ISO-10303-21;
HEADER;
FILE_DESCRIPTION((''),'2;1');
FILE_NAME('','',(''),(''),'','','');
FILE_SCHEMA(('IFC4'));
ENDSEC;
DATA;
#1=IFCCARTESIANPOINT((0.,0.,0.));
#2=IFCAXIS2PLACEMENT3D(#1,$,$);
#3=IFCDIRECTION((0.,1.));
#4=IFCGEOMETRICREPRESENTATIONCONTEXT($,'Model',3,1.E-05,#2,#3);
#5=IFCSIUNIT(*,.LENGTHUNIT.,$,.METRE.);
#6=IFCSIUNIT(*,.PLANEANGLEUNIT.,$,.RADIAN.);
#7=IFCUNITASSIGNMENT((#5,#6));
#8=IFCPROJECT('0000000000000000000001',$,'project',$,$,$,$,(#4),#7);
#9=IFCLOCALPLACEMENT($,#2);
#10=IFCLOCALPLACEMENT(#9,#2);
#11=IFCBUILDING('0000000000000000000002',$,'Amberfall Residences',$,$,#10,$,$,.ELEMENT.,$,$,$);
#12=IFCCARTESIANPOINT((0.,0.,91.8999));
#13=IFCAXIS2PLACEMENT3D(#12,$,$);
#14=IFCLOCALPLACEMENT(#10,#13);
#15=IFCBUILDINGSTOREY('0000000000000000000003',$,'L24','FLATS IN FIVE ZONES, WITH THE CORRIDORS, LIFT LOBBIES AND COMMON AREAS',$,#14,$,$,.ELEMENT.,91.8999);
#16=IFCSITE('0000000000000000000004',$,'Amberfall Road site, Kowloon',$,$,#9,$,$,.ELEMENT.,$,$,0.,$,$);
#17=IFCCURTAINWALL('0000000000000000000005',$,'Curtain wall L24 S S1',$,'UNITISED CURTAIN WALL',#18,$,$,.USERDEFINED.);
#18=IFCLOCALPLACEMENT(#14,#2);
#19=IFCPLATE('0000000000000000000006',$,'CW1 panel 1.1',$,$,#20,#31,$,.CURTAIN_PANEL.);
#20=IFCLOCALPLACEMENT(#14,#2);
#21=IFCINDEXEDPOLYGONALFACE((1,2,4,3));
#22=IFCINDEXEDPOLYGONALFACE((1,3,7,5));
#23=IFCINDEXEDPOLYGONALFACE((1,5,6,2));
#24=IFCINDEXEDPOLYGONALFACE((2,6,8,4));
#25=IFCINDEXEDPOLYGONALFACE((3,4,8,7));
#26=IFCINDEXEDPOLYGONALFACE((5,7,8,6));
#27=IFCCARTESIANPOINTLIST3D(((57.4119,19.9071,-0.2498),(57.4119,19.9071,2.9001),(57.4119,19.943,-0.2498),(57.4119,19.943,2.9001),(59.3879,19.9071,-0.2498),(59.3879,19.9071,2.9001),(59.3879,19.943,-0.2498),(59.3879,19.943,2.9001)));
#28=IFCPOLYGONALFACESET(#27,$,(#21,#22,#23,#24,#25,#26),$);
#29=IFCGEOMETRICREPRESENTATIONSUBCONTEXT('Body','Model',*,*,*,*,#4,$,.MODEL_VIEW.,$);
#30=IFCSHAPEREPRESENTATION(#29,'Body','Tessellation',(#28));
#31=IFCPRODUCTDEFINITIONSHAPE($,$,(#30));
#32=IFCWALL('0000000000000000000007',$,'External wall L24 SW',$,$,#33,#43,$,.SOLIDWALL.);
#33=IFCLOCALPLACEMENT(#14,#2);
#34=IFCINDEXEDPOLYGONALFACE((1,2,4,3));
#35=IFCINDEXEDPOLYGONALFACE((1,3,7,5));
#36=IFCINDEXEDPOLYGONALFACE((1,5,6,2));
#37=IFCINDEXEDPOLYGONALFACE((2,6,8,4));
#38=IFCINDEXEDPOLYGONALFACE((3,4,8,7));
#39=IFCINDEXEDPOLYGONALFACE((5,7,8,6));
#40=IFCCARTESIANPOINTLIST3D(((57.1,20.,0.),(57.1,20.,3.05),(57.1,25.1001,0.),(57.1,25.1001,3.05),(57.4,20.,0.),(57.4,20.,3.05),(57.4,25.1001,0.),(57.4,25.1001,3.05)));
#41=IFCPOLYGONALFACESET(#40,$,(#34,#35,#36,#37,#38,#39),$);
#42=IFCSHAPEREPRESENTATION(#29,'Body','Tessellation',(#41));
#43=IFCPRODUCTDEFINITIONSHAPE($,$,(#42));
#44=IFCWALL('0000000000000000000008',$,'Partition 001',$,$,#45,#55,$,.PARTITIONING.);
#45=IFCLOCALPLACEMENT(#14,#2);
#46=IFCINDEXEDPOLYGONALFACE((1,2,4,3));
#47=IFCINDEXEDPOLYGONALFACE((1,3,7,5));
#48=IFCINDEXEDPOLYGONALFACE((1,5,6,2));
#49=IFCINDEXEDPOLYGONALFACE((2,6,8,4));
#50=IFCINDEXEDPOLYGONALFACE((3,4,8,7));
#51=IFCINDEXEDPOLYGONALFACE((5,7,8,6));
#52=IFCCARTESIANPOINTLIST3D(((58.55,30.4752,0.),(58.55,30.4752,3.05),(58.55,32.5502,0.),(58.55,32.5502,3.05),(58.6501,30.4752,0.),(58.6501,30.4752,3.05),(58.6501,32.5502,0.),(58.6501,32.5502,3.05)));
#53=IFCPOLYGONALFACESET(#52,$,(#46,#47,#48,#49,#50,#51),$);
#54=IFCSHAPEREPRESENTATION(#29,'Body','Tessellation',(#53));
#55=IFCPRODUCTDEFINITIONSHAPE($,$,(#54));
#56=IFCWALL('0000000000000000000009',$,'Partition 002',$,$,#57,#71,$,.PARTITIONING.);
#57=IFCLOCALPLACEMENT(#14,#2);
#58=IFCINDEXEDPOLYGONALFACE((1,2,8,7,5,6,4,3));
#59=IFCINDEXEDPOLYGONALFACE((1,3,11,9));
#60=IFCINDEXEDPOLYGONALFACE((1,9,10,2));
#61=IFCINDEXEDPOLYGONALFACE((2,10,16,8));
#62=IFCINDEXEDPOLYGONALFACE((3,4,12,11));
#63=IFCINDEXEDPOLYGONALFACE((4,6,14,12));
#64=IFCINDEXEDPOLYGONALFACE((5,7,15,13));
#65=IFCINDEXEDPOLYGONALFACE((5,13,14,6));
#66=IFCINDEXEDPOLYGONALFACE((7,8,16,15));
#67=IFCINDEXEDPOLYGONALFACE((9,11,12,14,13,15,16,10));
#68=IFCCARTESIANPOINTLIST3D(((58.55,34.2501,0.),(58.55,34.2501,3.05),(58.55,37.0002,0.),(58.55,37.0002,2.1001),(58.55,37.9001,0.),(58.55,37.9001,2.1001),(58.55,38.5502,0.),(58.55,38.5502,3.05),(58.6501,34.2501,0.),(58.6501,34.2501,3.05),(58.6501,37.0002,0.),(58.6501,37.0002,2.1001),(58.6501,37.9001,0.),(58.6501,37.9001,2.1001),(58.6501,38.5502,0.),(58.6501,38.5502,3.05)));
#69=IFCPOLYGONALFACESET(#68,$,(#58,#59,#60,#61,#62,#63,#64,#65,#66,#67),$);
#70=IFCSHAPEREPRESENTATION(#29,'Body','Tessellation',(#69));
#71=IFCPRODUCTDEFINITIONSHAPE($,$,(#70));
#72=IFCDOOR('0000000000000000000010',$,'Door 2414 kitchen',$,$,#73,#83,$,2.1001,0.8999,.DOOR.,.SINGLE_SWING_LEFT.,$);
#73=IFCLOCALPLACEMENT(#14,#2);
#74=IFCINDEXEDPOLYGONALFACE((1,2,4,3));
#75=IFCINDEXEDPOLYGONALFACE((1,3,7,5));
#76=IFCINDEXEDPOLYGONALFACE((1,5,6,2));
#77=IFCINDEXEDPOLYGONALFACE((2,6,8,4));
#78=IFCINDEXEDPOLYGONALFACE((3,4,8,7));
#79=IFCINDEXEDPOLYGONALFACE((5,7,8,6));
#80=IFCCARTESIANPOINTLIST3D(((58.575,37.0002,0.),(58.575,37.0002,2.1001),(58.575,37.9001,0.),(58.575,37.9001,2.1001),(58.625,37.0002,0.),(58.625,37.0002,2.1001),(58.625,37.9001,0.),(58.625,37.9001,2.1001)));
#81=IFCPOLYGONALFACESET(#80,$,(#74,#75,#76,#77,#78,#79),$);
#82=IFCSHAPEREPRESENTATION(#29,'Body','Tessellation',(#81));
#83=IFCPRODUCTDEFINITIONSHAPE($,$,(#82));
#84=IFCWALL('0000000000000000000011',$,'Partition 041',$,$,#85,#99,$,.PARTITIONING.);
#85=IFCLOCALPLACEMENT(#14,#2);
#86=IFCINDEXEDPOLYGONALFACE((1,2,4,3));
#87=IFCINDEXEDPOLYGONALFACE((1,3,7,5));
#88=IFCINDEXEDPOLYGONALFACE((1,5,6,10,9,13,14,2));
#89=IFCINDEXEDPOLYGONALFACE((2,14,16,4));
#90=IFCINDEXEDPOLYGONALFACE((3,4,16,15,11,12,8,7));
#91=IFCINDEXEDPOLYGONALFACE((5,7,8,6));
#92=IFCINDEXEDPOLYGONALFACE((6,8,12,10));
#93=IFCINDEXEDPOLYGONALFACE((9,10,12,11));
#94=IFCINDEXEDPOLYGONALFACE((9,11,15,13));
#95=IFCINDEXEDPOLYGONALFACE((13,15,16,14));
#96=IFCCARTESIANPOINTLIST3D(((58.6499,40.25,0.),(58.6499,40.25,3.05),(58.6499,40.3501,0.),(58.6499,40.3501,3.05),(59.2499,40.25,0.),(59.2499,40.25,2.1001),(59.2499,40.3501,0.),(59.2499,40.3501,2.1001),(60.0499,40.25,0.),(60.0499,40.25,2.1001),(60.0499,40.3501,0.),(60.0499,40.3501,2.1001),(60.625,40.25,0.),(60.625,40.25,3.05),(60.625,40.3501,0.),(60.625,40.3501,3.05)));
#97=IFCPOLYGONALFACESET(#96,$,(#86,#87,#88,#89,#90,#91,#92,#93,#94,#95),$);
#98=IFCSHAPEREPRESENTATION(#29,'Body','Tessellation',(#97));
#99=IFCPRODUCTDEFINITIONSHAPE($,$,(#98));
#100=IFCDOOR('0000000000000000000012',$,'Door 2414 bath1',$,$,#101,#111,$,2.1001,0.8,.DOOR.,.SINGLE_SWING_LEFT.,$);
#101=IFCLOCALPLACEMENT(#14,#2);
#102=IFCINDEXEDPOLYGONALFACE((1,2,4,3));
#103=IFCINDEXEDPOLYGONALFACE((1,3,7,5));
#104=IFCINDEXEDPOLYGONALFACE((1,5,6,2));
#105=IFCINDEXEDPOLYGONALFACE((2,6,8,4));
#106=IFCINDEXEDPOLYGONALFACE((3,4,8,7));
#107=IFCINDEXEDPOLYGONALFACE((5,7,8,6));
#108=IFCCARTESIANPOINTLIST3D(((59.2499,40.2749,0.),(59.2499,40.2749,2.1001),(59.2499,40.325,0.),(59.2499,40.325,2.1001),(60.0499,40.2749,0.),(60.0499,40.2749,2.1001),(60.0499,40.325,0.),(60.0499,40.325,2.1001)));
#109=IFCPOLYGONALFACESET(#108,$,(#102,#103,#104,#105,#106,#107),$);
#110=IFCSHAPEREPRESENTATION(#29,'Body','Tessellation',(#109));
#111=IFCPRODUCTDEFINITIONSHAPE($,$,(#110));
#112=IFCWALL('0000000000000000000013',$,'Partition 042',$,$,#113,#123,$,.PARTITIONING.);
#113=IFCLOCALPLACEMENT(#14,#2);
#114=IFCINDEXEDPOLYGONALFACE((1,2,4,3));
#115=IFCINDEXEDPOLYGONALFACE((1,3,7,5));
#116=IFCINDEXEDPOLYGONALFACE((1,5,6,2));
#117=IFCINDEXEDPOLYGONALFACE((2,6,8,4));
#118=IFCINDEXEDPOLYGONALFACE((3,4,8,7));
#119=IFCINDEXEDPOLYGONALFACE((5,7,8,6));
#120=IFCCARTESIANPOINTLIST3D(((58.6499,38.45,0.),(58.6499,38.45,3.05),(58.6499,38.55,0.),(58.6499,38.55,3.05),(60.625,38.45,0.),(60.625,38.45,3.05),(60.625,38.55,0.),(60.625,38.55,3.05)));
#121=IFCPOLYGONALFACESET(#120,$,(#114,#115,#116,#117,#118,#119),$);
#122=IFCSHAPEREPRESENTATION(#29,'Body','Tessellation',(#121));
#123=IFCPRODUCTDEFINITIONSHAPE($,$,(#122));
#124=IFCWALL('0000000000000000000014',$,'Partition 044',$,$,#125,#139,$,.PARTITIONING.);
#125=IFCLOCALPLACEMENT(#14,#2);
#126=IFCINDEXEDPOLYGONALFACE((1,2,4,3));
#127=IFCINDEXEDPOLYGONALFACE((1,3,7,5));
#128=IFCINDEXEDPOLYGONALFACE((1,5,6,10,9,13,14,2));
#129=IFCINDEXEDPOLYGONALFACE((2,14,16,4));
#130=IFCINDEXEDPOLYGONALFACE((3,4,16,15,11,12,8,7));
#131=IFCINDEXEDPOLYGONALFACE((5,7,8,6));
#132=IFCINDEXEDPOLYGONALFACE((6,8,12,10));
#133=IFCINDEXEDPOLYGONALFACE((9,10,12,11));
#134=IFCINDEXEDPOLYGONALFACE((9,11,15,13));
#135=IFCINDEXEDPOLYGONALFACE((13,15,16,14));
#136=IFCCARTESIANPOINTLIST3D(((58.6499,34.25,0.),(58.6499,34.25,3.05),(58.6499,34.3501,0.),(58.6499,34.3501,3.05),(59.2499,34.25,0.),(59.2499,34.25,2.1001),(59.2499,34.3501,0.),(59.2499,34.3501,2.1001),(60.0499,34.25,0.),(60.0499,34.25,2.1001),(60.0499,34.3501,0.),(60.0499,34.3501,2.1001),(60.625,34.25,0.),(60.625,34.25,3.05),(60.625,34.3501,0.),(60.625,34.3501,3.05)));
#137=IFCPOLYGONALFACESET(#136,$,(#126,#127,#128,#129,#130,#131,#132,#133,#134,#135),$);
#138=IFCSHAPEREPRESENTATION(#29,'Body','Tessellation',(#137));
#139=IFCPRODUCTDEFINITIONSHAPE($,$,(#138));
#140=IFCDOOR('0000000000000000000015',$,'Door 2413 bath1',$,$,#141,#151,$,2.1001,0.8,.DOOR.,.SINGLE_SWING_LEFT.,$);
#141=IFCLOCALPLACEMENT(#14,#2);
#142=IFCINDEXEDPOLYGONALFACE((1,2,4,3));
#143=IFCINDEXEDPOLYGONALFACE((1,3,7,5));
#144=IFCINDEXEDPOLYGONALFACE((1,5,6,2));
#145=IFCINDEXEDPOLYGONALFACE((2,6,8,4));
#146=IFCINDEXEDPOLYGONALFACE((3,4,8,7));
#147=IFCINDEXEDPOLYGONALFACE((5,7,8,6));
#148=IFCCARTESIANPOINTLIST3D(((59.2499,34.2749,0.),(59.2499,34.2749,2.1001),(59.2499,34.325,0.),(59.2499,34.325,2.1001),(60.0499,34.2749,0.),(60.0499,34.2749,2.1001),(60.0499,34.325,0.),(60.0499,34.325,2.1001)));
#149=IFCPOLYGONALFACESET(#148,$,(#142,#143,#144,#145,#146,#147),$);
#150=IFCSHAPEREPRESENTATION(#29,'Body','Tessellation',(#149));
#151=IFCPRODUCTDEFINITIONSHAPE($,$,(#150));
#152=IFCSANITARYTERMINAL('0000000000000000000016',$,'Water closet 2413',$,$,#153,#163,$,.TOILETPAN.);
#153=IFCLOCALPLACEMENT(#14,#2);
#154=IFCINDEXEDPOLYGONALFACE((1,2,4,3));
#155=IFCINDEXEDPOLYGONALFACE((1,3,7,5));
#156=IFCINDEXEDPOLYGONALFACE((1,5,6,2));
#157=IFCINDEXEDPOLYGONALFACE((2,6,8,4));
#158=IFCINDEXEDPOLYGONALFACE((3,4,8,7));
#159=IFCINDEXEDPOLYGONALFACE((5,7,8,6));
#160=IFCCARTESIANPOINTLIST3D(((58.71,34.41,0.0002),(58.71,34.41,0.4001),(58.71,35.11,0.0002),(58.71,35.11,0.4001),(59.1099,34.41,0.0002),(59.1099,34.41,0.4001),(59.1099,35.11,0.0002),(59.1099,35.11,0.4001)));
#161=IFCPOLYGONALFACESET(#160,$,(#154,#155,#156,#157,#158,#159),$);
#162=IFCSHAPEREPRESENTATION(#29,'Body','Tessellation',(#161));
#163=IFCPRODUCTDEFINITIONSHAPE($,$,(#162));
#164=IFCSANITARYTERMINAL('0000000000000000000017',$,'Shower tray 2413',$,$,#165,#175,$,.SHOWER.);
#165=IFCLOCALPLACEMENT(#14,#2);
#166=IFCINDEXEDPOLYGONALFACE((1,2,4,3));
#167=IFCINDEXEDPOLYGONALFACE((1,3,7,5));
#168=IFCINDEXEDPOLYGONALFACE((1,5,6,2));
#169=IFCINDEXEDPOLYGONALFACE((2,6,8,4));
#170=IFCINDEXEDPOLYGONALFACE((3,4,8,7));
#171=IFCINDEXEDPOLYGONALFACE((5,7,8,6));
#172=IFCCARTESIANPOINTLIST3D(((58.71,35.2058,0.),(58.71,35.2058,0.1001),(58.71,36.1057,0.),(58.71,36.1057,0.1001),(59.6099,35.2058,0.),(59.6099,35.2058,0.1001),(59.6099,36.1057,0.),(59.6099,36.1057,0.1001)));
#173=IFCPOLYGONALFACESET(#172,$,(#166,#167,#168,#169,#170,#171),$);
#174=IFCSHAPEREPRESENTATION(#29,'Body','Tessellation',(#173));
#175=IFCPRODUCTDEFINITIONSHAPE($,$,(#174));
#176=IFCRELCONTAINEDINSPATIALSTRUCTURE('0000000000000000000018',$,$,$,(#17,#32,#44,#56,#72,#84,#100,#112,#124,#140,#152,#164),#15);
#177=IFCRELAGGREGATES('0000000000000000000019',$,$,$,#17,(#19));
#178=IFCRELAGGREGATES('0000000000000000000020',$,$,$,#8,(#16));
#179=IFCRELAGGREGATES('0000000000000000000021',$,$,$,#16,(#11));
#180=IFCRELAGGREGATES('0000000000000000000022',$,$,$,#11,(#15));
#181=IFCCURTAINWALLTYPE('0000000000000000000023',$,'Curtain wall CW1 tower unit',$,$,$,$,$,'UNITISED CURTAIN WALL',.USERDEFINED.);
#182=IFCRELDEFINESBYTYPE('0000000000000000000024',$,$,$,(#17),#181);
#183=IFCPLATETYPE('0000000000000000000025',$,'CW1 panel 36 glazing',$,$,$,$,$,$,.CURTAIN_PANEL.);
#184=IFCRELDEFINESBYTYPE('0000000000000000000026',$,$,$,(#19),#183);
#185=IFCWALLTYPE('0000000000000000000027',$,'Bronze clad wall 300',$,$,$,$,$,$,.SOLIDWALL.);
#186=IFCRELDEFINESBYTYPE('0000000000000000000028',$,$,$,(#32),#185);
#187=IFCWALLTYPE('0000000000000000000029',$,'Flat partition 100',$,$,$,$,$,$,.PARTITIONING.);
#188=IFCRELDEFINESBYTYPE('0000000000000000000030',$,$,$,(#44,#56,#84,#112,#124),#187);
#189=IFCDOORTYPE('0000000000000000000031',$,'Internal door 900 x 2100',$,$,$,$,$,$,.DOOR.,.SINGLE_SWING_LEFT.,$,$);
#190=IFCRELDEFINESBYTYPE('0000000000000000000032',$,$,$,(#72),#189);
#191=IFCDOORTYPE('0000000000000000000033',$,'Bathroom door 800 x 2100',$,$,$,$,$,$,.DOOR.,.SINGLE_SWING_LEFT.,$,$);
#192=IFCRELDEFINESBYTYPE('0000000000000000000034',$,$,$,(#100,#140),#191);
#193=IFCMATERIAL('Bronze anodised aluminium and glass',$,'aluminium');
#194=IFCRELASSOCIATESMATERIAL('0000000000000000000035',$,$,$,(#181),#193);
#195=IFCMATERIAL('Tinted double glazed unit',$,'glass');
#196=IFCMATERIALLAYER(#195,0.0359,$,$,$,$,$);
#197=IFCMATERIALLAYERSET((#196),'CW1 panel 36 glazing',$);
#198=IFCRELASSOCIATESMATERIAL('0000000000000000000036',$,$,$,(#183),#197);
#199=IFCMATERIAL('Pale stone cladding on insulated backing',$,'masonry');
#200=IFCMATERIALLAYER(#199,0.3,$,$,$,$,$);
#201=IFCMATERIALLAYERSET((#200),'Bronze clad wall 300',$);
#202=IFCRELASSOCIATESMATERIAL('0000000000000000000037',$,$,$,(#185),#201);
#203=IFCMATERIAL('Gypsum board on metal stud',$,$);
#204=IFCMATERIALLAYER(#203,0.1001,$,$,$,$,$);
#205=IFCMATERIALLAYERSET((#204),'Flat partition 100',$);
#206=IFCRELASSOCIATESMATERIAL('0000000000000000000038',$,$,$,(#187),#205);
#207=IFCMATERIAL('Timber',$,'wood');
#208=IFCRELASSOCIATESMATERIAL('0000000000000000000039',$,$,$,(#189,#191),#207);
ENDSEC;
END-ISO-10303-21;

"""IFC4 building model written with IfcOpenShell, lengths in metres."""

from ifc_helpers import new_model, si_unit, direction, frame, frame_2d, origin, origin_2d, place, context, subcontext, project, spatial, rectangle, extrude, material, layer, layer_set, type_object, element, fill, aggregate, save


model = new_model("IFC4")

# Units and contexts
model_context = context("Model", 3, precision=1e-05, world=origin(), true_north=direction((0.0, 1.0)))
body_context = subcontext(model_context, "Body", "Model", "MODEL_VIEW")
ifc_project = project(units=[si_unit("LENGTHUNIT", "METRE"), si_unit("PLANEANGLEUNIT", "RADIAN")], contexts=[model_context])

# Site, building, storey
site_placement = place(None, origin())
site = spatial("IfcSite", under=ifc_project, at=site_placement, Name="Amberfall Road site, Kowloon", CompositionType="ELEMENT", RefElevation=0.0)
building_placement = place(site_placement, origin())
building = spatial("IfcBuilding", under=site, at=building_placement, Name="Amberfall Residences", CompositionType="ELEMENT")
storey_placement = place(building_placement, frame((0.0, 0.0, 91.8999)))
storey = spatial("IfcBuildingStorey", under=building, at=storey_placement, Name="L24", Description="FLATS IN FIVE ZONES, WITH THE CORRIDORS, LIFT LOBBIES AND COMMON AREAS", CompositionType="ELEMENT", Elevation=91.8999)

# Curtain wall
ifc_material_1 = material(Name="Bronze anodised aluminium and glass", Category="aluminium")
curtain_wall_type = type_object("IfcCurtainWallType", Name="Curtain wall CW1 tower unit", ElementType="UNITISED CURTAIN WALL", PredefinedType="USERDEFINED", material=ifc_material_1)
curtain_wall_placement = place(storey_placement, origin())
curtain_wall = element("IfcCurtainWall", 1, at=curtain_wall_placement, inside=storey, type_object=curtain_wall_type, Name="Curtain wall L24 S S1", ObjectType="UNITISED CURTAIN WALL", PredefinedType="USERDEFINED")

# Plate
ifc_material_2 = material(Name="Tinted double glazed unit", Category="glass")
ifc_layer_1 = layer(ifc_material_2, 0.0359)
ifc_layer_set_1 = layer_set([ifc_layer_1], Name="CW1 panel 36 glazing")
plate_type = type_object("IfcPlateType", Name="CW1 panel 36 glazing", PredefinedType="CURTAIN_PANEL", material=ifc_layer_set_1)
plate_placement = place(storey_placement, frame((58.3999, 19.925, -0.2498), z_axis=(0.0, 0.0, 1.0), x_axis=(1.0, 0.0, 0.0)))
plate = element("IfcPlate", 2, at=plate_placement, type_object=plate_type, Name="CW1 panel 1.1", PredefinedType="CURTAIN_PANEL", context=body_context, shape_type="SweptSolid", body=[
    extrude(rectangle(XDim=1.9761, YDim=0.0359, at=origin_2d()), origin(), (0.0, 0.0, 1.0), 3.1499),
])
aggregate(curtain_wall, [plate])

# Walls
ifc_material_3 = material(Name="Pale stone cladding on insulated backing", Category="masonry")
ifc_layer_2 = layer(ifc_material_3, 0.3)
ifc_layer_set_2 = layer_set([ifc_layer_2], Name="Bronze clad wall 300")
wall_type_1 = type_object("IfcWallType", Name="Bronze clad wall 300", PredefinedType="SOLIDWALL", material=ifc_layer_set_2)
wall_1_placement = place(storey_placement, frame((57.25, 25.1001, 0.0), z_axis=(0.0, 0.0, 1.0), x_axis=(0.0, -1.0, 0.0)))
element("IfcWall", 3, at=wall_1_placement, inside=storey, type_object=wall_type_1, Name="External wall L24 SW", PredefinedType="SOLIDWALL", context=body_context, shape_type="SweptSolid", body=[
    extrude(rectangle(XDim=5.1001, YDim=0.3, at=frame_2d((2.55, 0.0))), origin(), (0.0, 0.0, 1.0), 3.05),
])
ifc_material_4 = material(Name="Gypsum board on metal stud")
ifc_layer_3 = layer(ifc_material_4, 0.1001)
ifc_layer_set_3 = layer_set([ifc_layer_3], Name="Flat partition 100")
wall_type_2 = type_object("IfcWallType", Name="Flat partition 100", PredefinedType="PARTITIONING", material=ifc_layer_set_3)
wall_2_placement = place(storey_placement, frame((58.6001, 30.4751, 0.0), z_axis=(0.0, 0.0, 1.0), x_axis=(0.0, 1.0, 0.0)))
element("IfcWall", 4, at=wall_2_placement, inside=storey, type_object=wall_type_2, Name="Partition 001", PredefinedType="PARTITIONING", context=body_context, shape_type="SweptSolid", body=[
    extrude(rectangle(XDim=2.075, YDim=0.1001, at=frame_2d((1.0376, 0.0))), origin(), (0.0, 0.0, 1.0), 3.05),
])

# Walls, openings, doors
wall_3_placement = place(storey_placement, frame((58.6001, 38.55, 0.0), z_axis=(0.0, 0.0, 1.0), x_axis=(0.0, -1.0, 0.0)))
wall_3 = element("IfcWall", 5, at=wall_3_placement, inside=storey, type_object=wall_type_2, Name="Partition 002", PredefinedType="PARTITIONING", context=body_context, shape_type="SweptSolid", body=[
    extrude(rectangle(XDim=4.3, YDim=0.1001, at=frame_2d((2.1499, 0.0))), origin(), (0.0, 0.0, 1.0), 3.05),
])
opening_1_placement = place(wall_3_placement, frame((0.6499, 0.0, 0.0)))
opening_1 = element("IfcOpeningElement", 6, at=opening_1_placement, cuts=wall_3, PredefinedType="OPENING", context=body_context, shape_type="SweptSolid", body=[
    extrude(rectangle(XDim=0.8999, YDim=2.1001, at=frame_2d((0.45, 1.05))), frame((0.0, 0.0601, 0.0), z_axis=(0.0, -1.0, 0.0), x_axis=(1.0, 0.0, 0.0)), (0.0, 0.0, 1.0), 0.1201),
])
ifc_material_5 = material(Name="Timber", Category="wood")
door_type_1 = type_object("IfcDoorType", Name="Internal door 900 x 2100", OperationType="SINGLE_SWING_LEFT", PredefinedType="DOOR", material=ifc_material_5)
door_1_placement = place(opening_1_placement, origin())
door_1 = element("IfcDoor", 7, at=door_1_placement, inside=storey, type_object=door_type_1, Name="Door 2414 kitchen", OperationType="SINGLE_SWING_LEFT", OverallHeight=2.1001, OverallWidth=0.8999, PredefinedType="DOOR", context=body_context, shape_type="SweptSolid", body=[
    extrude(rectangle(XDim=0.8999, YDim=2.1001, at=frame_2d((0.45, 1.05))), frame((0.0, 0.0249, 0.0), z_axis=(0.0, -1.0, 0.0), x_axis=(1.0, 0.0, 0.0)), (0.0, 0.0, 1.0), 0.05),
])
fill(opening_1, door_1)
wall_4_placement = place(storey_placement, frame((58.6499, 40.3, 0.0), z_axis=(0.0, 0.0, 1.0), x_axis=(1.0, 0.0, 0.0)))
wall_4 = element("IfcWall", 8, at=wall_4_placement, inside=storey, type_object=wall_type_2, Name="Partition 041", PredefinedType="PARTITIONING", context=body_context, shape_type="SweptSolid", body=[
    extrude(rectangle(XDim=1.9751, YDim=0.1001, at=frame_2d((0.9875, 0.0))), origin(), (0.0, 0.0, 1.0), 3.05),
])
opening_2_placement = place(wall_4_placement, frame((0.6001, 0.0, 0.0)))
opening_2 = element("IfcOpeningElement", 9, at=opening_2_placement, cuts=wall_4, PredefinedType="OPENING", context=body_context, shape_type="SweptSolid", body=[
    extrude(rectangle(XDim=0.8, YDim=2.1001, at=frame_2d((0.3999, 1.05))), frame((0.0, 0.0601, 0.0), z_axis=(0.0, -1.0, 0.0), x_axis=(1.0, 0.0, 0.0)), (0.0, 0.0, 1.0), 0.1201),
])
door_type_2 = type_object("IfcDoorType", Name="Bathroom door 800 x 2100", OperationType="SINGLE_SWING_LEFT", PredefinedType="DOOR", material=ifc_material_5)
door_2_placement = place(opening_2_placement, origin())
door_2 = element("IfcDoor", 10, at=door_2_placement, inside=storey, type_object=door_type_2, Name="Door 2414 bath1", OperationType="SINGLE_SWING_LEFT", OverallHeight=2.1001, OverallWidth=0.8, PredefinedType="DOOR", context=body_context, shape_type="SweptSolid", body=[
    extrude(rectangle(XDim=0.8, YDim=2.1001, at=frame_2d((0.3999, 1.05))), frame((0.0, 0.0249, 0.0), z_axis=(0.0, -1.0, 0.0), x_axis=(1.0, 0.0, 0.0)), (0.0, 0.0, 1.0), 0.05),
])
fill(opening_2, door_2)

# Wall
wall_5_placement = place(storey_placement, frame((58.6499, 38.5, 0.0), z_axis=(0.0, 0.0, 1.0), x_axis=(1.0, 0.0, 0.0)))
element("IfcWall", 11, at=wall_5_placement, inside=storey, type_object=wall_type_2, Name="Partition 042", PredefinedType="PARTITIONING", context=body_context, shape_type="SweptSolid", body=[
    extrude(rectangle(XDim=1.9751, YDim=0.1001, at=frame_2d((0.9875, 0.0))), origin(), (0.0, 0.0, 1.0), 3.05),
])

# Wall, opening, door
wall_6_placement = place(storey_placement, frame((58.6499, 34.3, 0.0), z_axis=(0.0, 0.0, 1.0), x_axis=(1.0, 0.0, 0.0)))
wall_6 = element("IfcWall", 12, at=wall_6_placement, inside=storey, type_object=wall_type_2, Name="Partition 044", PredefinedType="PARTITIONING", context=body_context, shape_type="SweptSolid", body=[
    extrude(rectangle(XDim=1.9751, YDim=0.1001, at=frame_2d((0.9875, 0.0))), origin(), (0.0, 0.0, 1.0), 3.05),
])
opening_3_placement = place(wall_6_placement, frame((0.6001, 0.0, 0.0)))
opening_3 = element("IfcOpeningElement", 13, at=opening_3_placement, cuts=wall_6, PredefinedType="OPENING", context=body_context, shape_type="SweptSolid", body=[
    extrude(rectangle(XDim=0.8, YDim=2.1001, at=frame_2d((0.3999, 1.05))), frame((0.0, 0.0601, 0.0), z_axis=(0.0, -1.0, 0.0), x_axis=(1.0, 0.0, 0.0)), (0.0, 0.0, 1.0), 0.1201),
])
door_3_placement = place(opening_3_placement, origin())
door_3 = element("IfcDoor", 14, at=door_3_placement, inside=storey, type_object=door_type_2, Name="Door 2413 bath1", OperationType="SINGLE_SWING_LEFT", OverallHeight=2.1001, OverallWidth=0.8, PredefinedType="DOOR", context=body_context, shape_type="SweptSolid", body=[
    extrude(rectangle(XDim=0.8, YDim=2.1001, at=frame_2d((0.3999, 1.05))), frame((0.0, 0.0249, 0.0), z_axis=(0.0, -1.0, 0.0), x_axis=(1.0, 0.0, 0.0)), (0.0, 0.0, 1.0), 0.05),
])
fill(opening_3, door_3)

# Sanitary terminals
sanitary_terminal_1_placement = place(storey_placement, frame((58.9099, 34.76, 0.0002), z_axis=(0.0, 0.0, 1.0), x_axis=(1.0, 0.0, 0.0)))
element("IfcSanitaryTerminal", 15, at=sanitary_terminal_1_placement, inside=storey, Name="Water closet 2413", PredefinedType="TOILETPAN", context=body_context, shape_type="SweptSolid", body=[
    extrude(rectangle(XDim=0.3999, YDim=0.7, at=origin_2d()), origin(), (0.0, 0.0, 1.0), 0.3999),
])
sanitary_terminal_2_placement = place(storey_placement, frame((59.1599, 35.6558, 0.0), z_axis=(0.0, 0.0, 1.0), x_axis=(1.0, 0.0, 0.0)))
element("IfcSanitaryTerminal", 16, at=sanitary_terminal_2_placement, inside=storey, Name="Shower tray 2413", PredefinedType="SHOWER", context=body_context, shape_type="SweptSolid", body=[
    extrude(rectangle(XDim=0.8999, YDim=0.8999, at=origin_2d()), origin(), (0.0, 0.0, 1.0), 0.1001),
])

save(model, "model.ifc")
